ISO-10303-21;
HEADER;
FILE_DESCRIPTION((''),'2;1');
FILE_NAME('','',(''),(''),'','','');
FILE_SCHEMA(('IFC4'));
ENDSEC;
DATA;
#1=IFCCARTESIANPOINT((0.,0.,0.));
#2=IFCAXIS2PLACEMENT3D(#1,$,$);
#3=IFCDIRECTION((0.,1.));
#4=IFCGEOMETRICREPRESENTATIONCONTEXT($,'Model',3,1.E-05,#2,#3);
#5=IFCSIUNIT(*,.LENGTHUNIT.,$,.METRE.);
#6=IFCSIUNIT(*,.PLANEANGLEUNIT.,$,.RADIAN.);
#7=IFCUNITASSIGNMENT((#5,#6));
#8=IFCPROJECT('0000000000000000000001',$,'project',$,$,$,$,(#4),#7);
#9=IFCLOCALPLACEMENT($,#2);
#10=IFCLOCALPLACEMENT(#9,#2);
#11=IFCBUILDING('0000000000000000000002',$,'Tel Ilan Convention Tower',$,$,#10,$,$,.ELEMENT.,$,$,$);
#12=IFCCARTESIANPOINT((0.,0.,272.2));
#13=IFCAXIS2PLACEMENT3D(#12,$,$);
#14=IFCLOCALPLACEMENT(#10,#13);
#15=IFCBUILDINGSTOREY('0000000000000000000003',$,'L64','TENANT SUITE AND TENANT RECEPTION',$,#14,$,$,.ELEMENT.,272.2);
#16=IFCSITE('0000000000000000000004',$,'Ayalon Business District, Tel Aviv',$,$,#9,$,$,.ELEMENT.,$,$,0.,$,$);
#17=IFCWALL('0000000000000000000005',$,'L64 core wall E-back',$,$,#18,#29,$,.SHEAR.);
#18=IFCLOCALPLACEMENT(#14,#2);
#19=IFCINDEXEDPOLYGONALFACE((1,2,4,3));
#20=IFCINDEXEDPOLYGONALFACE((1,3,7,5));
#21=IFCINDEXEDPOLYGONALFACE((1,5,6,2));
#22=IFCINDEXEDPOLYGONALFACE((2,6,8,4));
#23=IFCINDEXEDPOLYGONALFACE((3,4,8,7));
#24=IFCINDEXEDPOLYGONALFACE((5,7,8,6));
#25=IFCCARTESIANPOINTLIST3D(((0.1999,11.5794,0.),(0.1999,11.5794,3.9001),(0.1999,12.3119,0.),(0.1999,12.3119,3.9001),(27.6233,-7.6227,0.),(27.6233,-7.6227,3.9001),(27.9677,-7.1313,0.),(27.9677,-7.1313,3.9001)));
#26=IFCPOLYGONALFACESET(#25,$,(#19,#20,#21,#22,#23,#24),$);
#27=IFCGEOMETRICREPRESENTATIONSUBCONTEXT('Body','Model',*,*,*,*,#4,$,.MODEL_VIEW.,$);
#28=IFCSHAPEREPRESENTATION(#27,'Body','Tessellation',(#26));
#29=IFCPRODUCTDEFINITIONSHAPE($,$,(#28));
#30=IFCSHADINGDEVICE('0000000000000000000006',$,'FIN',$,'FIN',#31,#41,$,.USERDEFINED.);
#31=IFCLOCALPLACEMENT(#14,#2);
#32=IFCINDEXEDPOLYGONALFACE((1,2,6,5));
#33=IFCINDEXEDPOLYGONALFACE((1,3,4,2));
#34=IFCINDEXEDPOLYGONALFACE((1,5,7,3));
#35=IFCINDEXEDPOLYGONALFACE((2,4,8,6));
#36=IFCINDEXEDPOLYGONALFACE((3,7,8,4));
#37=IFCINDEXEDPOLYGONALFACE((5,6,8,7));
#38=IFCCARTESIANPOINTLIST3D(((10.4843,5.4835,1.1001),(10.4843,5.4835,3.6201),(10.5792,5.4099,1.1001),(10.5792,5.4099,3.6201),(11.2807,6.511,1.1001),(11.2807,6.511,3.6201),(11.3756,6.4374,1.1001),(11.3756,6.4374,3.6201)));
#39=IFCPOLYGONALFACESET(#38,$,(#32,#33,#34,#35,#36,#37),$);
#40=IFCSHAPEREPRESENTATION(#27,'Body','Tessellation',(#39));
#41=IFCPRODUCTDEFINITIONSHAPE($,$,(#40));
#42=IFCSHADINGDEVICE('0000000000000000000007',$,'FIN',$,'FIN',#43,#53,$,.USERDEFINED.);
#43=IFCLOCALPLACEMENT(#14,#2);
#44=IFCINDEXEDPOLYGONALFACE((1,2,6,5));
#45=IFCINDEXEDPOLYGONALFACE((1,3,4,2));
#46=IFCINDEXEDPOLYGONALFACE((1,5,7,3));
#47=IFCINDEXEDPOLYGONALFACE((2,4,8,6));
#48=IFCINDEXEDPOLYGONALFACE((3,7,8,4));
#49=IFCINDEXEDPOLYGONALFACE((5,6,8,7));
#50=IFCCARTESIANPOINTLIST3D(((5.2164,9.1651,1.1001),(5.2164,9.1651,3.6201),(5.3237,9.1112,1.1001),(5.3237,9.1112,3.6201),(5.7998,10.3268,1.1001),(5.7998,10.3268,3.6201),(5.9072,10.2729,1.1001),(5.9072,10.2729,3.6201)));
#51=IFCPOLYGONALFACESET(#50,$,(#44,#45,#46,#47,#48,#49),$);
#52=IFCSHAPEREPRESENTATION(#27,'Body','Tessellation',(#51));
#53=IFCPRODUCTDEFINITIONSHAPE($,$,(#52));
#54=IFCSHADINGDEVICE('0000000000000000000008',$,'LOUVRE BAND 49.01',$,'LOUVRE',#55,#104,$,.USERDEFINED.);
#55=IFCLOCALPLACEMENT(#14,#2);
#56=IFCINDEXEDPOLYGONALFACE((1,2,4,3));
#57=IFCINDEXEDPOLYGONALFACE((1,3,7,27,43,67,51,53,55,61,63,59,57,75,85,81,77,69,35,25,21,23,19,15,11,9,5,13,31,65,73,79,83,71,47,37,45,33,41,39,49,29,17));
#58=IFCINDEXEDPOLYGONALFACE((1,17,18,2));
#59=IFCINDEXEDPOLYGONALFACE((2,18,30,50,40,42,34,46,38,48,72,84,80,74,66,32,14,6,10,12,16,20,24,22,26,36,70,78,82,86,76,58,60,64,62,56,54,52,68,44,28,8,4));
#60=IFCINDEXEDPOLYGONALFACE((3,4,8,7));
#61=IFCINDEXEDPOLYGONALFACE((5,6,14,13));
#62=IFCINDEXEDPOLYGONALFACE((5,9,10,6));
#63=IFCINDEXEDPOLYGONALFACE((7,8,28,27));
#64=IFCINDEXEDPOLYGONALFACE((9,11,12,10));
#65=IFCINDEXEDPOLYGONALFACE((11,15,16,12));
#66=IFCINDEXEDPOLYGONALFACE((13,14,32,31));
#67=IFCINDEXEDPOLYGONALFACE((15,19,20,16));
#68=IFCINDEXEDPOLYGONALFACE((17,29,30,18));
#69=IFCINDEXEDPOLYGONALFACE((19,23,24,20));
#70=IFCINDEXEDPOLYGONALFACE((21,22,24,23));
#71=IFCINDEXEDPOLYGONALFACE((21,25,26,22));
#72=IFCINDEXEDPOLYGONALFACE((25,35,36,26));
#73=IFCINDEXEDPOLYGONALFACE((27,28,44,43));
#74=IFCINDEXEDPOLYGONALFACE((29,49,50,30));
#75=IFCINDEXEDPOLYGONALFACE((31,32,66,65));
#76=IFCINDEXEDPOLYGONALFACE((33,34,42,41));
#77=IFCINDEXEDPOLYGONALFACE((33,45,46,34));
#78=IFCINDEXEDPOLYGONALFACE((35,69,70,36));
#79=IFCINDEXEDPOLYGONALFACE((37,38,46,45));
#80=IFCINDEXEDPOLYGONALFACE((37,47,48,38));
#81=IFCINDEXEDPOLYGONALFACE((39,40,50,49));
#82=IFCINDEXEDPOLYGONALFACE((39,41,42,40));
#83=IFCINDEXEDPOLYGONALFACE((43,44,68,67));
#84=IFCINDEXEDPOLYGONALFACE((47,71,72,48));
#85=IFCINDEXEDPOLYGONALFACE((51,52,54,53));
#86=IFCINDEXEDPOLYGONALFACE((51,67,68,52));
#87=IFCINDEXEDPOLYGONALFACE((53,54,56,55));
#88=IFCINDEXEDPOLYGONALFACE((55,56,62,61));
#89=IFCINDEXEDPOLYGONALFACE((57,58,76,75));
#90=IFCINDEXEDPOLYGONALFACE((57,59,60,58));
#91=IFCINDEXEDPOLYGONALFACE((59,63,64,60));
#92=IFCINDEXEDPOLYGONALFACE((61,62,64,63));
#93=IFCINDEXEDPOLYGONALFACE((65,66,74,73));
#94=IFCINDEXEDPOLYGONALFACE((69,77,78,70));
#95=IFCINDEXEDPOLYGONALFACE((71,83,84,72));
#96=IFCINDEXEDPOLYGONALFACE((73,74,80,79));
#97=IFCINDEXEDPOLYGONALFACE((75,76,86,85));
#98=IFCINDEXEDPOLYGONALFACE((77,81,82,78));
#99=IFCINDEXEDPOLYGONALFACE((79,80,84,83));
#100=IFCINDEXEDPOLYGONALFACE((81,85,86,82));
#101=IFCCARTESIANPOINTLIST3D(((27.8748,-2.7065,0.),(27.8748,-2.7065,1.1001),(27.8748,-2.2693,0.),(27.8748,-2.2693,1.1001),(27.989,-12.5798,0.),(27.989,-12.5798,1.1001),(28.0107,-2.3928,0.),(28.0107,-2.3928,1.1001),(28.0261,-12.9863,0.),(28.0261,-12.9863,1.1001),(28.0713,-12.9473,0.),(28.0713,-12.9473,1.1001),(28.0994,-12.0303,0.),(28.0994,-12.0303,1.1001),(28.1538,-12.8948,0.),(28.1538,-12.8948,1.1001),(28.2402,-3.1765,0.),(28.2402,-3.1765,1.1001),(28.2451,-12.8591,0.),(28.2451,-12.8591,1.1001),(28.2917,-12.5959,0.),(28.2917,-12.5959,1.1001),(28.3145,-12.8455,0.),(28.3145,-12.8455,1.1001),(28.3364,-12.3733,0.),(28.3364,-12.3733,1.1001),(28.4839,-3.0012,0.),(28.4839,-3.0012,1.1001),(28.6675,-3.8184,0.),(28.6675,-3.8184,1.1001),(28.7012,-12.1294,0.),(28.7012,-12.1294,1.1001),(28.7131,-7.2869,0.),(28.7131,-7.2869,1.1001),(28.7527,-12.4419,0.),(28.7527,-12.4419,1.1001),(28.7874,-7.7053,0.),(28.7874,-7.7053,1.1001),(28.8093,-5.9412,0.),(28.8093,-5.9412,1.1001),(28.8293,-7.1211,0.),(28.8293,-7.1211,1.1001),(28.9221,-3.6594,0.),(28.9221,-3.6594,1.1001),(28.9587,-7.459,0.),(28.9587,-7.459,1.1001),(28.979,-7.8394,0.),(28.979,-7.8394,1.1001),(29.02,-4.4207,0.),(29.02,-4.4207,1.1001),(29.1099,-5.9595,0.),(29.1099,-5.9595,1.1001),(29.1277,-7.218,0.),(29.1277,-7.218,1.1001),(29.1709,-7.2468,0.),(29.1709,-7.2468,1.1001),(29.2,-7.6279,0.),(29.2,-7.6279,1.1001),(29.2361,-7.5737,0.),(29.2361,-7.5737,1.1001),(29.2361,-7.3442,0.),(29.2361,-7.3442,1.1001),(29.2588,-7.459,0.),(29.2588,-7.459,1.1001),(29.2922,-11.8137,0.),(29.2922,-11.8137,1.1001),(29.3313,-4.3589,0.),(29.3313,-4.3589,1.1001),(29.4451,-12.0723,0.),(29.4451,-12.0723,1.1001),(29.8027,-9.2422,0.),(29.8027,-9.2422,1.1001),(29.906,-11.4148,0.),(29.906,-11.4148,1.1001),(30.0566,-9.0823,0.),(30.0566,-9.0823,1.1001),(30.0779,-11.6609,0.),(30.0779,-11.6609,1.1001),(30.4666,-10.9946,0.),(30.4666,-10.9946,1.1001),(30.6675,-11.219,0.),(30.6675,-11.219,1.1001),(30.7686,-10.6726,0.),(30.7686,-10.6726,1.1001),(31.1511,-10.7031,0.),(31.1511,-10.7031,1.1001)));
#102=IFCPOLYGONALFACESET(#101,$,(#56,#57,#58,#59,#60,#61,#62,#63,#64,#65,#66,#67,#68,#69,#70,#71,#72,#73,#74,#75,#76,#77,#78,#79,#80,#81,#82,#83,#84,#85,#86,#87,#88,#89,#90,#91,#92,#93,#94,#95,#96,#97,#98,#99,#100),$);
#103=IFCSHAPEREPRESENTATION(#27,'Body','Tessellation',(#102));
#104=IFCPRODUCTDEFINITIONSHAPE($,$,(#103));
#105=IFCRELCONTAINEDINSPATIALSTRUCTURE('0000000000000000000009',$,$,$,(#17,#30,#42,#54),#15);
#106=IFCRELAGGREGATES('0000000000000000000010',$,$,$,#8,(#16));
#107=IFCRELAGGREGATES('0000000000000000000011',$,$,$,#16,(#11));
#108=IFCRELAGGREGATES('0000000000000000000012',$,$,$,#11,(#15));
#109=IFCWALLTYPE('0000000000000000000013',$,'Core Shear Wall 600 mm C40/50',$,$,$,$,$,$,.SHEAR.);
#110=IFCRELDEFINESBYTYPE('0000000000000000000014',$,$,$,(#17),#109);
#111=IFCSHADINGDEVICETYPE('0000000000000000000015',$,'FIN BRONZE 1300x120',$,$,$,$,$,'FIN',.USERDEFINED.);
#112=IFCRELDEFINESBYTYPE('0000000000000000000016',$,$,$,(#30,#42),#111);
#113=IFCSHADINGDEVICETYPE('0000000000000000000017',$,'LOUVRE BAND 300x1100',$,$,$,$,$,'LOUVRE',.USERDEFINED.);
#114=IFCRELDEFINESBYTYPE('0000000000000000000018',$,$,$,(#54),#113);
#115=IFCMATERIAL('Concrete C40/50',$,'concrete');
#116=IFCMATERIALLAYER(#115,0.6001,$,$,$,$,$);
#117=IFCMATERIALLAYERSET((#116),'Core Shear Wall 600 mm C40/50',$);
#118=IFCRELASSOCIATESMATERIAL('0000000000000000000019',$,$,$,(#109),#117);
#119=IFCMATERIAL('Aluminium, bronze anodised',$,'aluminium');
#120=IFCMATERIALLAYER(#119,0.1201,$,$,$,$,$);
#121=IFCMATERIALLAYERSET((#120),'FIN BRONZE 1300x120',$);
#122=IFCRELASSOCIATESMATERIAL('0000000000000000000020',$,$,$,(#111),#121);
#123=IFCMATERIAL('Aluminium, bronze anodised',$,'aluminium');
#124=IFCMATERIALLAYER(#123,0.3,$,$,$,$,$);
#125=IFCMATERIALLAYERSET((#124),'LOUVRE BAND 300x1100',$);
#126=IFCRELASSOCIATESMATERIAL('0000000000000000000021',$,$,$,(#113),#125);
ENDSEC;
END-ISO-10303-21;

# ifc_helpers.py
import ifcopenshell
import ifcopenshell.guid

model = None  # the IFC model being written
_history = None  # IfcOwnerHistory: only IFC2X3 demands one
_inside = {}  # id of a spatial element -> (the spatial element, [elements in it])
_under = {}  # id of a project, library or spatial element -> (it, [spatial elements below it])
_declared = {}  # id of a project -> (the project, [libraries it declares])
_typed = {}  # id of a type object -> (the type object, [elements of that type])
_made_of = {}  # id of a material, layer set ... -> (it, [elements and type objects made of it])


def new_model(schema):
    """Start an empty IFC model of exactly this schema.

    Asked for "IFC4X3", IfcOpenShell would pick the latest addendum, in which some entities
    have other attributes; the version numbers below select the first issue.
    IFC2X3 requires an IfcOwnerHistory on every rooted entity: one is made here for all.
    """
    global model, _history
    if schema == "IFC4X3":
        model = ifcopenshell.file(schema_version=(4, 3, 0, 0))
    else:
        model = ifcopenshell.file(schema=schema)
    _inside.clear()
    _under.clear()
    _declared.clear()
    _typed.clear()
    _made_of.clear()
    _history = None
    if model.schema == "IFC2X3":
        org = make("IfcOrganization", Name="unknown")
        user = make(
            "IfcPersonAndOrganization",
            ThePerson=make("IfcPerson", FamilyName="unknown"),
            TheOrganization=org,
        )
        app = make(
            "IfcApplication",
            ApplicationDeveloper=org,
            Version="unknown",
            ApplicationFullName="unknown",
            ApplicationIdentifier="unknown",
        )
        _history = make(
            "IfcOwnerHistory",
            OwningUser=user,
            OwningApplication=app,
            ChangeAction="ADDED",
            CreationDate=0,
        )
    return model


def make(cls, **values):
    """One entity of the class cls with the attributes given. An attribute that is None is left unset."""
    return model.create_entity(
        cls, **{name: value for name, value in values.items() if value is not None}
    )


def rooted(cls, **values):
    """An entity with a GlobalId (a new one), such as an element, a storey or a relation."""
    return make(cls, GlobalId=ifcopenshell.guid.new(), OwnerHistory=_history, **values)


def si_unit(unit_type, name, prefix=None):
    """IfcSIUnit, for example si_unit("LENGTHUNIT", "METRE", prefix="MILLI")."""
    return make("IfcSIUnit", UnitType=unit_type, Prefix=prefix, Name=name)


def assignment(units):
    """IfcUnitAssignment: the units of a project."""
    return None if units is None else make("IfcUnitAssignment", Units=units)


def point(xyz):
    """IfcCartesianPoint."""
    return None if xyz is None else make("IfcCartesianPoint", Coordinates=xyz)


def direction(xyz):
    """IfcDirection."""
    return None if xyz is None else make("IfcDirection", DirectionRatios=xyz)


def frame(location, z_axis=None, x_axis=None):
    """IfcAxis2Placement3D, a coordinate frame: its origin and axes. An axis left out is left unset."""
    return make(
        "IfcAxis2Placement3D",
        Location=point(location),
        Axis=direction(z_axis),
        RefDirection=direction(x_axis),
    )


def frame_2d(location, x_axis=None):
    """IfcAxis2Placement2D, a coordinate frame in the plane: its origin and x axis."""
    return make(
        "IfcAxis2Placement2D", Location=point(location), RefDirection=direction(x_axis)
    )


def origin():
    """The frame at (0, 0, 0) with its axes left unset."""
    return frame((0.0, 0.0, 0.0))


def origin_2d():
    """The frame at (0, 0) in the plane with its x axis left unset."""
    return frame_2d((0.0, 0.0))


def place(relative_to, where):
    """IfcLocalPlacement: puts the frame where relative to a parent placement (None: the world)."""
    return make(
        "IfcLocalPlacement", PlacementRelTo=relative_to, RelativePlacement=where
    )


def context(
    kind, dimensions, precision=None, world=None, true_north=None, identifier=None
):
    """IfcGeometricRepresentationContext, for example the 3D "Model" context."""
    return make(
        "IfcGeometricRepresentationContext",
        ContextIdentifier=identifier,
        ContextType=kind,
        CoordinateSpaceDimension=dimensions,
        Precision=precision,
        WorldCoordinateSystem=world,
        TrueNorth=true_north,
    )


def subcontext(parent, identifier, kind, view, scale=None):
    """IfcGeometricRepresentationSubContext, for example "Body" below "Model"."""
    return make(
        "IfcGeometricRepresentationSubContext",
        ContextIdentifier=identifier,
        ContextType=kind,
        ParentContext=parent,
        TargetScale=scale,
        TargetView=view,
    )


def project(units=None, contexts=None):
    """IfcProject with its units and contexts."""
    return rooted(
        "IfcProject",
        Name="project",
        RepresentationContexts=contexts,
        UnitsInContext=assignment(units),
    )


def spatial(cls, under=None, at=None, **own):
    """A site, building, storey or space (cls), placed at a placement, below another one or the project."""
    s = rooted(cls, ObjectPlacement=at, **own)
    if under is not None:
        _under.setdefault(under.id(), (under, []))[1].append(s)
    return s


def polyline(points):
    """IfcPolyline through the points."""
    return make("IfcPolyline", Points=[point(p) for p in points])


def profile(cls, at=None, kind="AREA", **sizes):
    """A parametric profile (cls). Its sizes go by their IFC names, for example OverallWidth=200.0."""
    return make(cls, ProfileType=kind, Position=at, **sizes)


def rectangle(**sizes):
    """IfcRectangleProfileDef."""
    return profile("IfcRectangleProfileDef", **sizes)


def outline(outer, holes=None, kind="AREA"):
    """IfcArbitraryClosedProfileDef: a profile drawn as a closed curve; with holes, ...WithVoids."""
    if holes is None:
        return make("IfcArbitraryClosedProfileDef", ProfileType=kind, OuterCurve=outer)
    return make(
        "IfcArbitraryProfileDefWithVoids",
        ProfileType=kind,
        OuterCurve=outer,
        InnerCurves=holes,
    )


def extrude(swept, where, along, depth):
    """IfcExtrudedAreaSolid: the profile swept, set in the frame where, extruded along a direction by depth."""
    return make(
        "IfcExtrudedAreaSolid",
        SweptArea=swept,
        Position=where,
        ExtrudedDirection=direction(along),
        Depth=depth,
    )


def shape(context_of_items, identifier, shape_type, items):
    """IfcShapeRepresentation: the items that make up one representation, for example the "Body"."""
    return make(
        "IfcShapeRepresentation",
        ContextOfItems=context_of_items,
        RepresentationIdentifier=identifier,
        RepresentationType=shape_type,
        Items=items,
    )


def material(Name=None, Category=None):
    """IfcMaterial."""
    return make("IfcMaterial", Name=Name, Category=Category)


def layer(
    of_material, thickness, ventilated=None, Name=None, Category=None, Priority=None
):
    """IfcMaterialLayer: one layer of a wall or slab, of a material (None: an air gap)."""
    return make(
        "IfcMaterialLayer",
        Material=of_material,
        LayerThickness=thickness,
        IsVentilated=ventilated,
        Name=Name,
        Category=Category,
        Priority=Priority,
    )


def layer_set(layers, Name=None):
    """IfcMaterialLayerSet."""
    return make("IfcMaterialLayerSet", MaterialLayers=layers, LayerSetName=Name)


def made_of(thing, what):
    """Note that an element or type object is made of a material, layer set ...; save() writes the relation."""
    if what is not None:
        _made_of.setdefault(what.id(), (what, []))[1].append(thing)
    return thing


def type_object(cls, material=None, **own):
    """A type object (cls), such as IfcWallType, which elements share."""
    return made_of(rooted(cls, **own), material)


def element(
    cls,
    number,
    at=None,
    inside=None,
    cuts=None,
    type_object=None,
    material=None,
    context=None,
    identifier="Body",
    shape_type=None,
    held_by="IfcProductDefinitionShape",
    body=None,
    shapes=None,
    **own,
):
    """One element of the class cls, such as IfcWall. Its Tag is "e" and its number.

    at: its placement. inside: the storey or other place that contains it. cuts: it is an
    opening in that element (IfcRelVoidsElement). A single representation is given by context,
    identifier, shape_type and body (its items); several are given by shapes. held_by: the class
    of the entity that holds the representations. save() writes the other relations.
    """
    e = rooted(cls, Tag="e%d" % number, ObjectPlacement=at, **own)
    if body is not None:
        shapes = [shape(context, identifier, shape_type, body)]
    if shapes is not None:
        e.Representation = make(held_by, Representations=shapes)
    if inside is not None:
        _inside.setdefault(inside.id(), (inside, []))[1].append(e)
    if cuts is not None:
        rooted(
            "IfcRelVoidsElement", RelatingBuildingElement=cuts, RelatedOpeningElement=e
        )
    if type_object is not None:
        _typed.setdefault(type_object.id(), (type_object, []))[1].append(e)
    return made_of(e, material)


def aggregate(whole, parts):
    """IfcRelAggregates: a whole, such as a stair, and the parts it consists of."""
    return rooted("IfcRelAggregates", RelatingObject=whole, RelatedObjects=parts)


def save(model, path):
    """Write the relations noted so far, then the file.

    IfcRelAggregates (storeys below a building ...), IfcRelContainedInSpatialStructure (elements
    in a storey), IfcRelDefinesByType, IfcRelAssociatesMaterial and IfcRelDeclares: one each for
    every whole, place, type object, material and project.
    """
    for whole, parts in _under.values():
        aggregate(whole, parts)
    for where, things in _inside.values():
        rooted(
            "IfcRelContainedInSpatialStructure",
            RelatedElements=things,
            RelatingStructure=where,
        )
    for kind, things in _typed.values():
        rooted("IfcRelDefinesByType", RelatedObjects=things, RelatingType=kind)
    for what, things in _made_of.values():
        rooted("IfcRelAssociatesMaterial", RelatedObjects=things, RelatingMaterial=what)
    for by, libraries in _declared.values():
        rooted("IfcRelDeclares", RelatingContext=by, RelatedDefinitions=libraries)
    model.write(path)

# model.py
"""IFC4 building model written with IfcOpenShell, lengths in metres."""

from ifc_helpers import new_model, si_unit, direction, frame, origin, origin_2d, place, context, subcontext, project, spatial, polyline, rectangle, outline, extrude, material, layer, layer_set, type_object, element, save


model = new_model("IFC4")

# Units and contexts
model_context = context("Model", 3, precision=1e-05, world=origin(), true_north=direction((0.0, 1.0)))
body_context = subcontext(model_context, "Body", "Model", "MODEL_VIEW")
ifc_project = project(units=[si_unit("LENGTHUNIT", "METRE"), si_unit("PLANEANGLEUNIT", "RADIAN")], contexts=[model_context])

# Site, building, storey
site_placement = place(None, origin())
site = spatial("IfcSite", under=ifc_project, at=site_placement, Name="Ayalon Business District, Tel Aviv", CompositionType="ELEMENT", RefElevation=0.0)
building_placement = place(site_placement, origin())
building = spatial("IfcBuilding", under=site, at=building_placement, Name="Tel Ilan Convention Tower", CompositionType="ELEMENT")
storey_placement = place(building_placement, frame((0.0, 0.0, 272.2)))
storey = spatial("IfcBuildingStorey", under=building, at=storey_placement, Name="L64", Description="TENANT SUITE AND TENANT RECEPTION", CompositionType="ELEMENT", Elevation=272.2)

# Wall
ifc_material_1 = material(Name="Concrete C40/50", Category="concrete")
ifc_layer_1 = layer(ifc_material_1, 0.6001)
ifc_layer_set_1 = layer_set([ifc_layer_1], Name="Core Shear Wall 600 mm C40/50")
wall_type_1 = type_object("IfcWallType", Name="Core Shear Wall 600 mm C40/50", PredefinedType="SHEAR", material=ifc_layer_set_1)
wall_1_placement = place(storey_placement, frame((0.0278, 12.0662, 0.0), z_axis=(0.0, 0.0, 1.0), x_axis=(0.819151, -0.573577, 0.0)))
element("IfcWall", 1, at=wall_1_placement, inside=storey, type_object=wall_type_1, Name="L64 core wall E-back", PredefinedType="SHEAR", context=body_context, shape_type="SweptSolid", body=[
    extrude(outline(polyline([(33.8982, 0.3), (0.0, 0.3), (0.4202, -0.3), (33.8979, -0.3), (33.8982, 0.3)])), origin(), (0.0, 0.0, 1.0), 3.9001),
])

# Shading devices
ifc_material_2 = material(Name="Aluminium, bronze anodised", Category="aluminium")
ifc_layer_2 = layer(ifc_material_2, 0.1201)
ifc_layer_set_2 = layer_set([ifc_layer_2], Name="FIN BRONZE 1300x120")
shading_device_type_1 = type_object("IfcShadingDeviceType", Name="FIN BRONZE 1300x120", ElementType="FIN", PredefinedType="USERDEFINED", material=ifc_layer_set_2)
for number, where, z_axis, x_axis, name in (
    (2, (10.9299, 5.9604, 1.1001), (0.0, 0.0, 1.0), (0.612601, 0.790393, 0.0), "FIN"),
    (3, (5.5618, 9.719, 1.1001), (0.0, 0.0, 1.0), (0.448799, 0.893633, 0.0), "FIN"),
):
    element("IfcShadingDevice", number, at=place(storey_placement, frame(where, z_axis=z_axis, x_axis=x_axis)), inside=storey, type_object=shading_device_type_1, Name=name, ObjectType="FIN", PredefinedType="USERDEFINED", context=body_context, shape_type="SweptSolid", body=[
        extrude(rectangle(XDim=1.3, YDim=0.1201, at=origin_2d()), origin(), (0.0, 0.0, 1.0), 2.52),
    ])
ifc_material_3 = material(Name="Aluminium, bronze anodised", Category="aluminium")
ifc_layer_3 = layer(ifc_material_3, 0.3)
ifc_layer_set_3 = layer_set([ifc_layer_3], Name="LOUVRE BAND 300x1100")
shading_device_type_2 = type_object("IfcShadingDeviceType", Name="LOUVRE BAND 300x1100", ElementType="LOUVRE", PredefinedType="USERDEFINED", material=ifc_layer_set_3)
shading_device_1_placement = place(storey_placement, origin())
element("IfcShadingDevice", 4, at=shading_device_1_placement, inside=storey, type_object=shading_device_type_2, Name="LOUVRE BAND 49.01", ObjectType="LOUVRE", PredefinedType="USERDEFINED", context=body_context, shape_type="SweptSolid", body=[
    extrude(outline(polyline([(28.0107, -2.3928), (27.8748, -2.2693), (27.8748, -2.7065), (28.2402, -3.1765), (28.6675, -3.8184), (29.02, -4.4207), (28.8093, -5.9412), (28.8293, -7.1211), (28.7131, -7.2869), (28.9587, -7.459), (28.7874, -7.7053), (28.979, -7.8394), (29.8027, -9.2422), (30.7686, -10.6726), (30.4666, -10.9946), (29.906, -11.4148), (29.2922, -11.8137), (28.7012, -12.1294), (28.0994, -12.0303), (27.989, -12.5798), (28.0261, -12.9863), (28.0713, -12.9473), (28.1538, -12.8948), (28.2451, -12.8591), (28.3145, -12.8455), (28.2917, -12.5959), (28.3364, -12.3733), (28.7527, -12.4419), (29.4451, -12.0723), (30.0779, -11.6609), (30.6675, -11.219), (31.1511, -10.7031), (30.0566, -9.0823), (29.2, -7.6279), (29.2361, -7.5737), (29.2588, -7.459), (29.2361, -7.3442), (29.1709, -7.2468), (29.1277, -7.218), (29.1099, -5.9595), (29.3313, -4.3589), (28.9221, -3.6594), (28.4839, -3.0012), (28.0107, -2.3928)])), origin(), (0.0, 0.0, 1.0), 1.1001),
])

save(model, "model.ifc")
